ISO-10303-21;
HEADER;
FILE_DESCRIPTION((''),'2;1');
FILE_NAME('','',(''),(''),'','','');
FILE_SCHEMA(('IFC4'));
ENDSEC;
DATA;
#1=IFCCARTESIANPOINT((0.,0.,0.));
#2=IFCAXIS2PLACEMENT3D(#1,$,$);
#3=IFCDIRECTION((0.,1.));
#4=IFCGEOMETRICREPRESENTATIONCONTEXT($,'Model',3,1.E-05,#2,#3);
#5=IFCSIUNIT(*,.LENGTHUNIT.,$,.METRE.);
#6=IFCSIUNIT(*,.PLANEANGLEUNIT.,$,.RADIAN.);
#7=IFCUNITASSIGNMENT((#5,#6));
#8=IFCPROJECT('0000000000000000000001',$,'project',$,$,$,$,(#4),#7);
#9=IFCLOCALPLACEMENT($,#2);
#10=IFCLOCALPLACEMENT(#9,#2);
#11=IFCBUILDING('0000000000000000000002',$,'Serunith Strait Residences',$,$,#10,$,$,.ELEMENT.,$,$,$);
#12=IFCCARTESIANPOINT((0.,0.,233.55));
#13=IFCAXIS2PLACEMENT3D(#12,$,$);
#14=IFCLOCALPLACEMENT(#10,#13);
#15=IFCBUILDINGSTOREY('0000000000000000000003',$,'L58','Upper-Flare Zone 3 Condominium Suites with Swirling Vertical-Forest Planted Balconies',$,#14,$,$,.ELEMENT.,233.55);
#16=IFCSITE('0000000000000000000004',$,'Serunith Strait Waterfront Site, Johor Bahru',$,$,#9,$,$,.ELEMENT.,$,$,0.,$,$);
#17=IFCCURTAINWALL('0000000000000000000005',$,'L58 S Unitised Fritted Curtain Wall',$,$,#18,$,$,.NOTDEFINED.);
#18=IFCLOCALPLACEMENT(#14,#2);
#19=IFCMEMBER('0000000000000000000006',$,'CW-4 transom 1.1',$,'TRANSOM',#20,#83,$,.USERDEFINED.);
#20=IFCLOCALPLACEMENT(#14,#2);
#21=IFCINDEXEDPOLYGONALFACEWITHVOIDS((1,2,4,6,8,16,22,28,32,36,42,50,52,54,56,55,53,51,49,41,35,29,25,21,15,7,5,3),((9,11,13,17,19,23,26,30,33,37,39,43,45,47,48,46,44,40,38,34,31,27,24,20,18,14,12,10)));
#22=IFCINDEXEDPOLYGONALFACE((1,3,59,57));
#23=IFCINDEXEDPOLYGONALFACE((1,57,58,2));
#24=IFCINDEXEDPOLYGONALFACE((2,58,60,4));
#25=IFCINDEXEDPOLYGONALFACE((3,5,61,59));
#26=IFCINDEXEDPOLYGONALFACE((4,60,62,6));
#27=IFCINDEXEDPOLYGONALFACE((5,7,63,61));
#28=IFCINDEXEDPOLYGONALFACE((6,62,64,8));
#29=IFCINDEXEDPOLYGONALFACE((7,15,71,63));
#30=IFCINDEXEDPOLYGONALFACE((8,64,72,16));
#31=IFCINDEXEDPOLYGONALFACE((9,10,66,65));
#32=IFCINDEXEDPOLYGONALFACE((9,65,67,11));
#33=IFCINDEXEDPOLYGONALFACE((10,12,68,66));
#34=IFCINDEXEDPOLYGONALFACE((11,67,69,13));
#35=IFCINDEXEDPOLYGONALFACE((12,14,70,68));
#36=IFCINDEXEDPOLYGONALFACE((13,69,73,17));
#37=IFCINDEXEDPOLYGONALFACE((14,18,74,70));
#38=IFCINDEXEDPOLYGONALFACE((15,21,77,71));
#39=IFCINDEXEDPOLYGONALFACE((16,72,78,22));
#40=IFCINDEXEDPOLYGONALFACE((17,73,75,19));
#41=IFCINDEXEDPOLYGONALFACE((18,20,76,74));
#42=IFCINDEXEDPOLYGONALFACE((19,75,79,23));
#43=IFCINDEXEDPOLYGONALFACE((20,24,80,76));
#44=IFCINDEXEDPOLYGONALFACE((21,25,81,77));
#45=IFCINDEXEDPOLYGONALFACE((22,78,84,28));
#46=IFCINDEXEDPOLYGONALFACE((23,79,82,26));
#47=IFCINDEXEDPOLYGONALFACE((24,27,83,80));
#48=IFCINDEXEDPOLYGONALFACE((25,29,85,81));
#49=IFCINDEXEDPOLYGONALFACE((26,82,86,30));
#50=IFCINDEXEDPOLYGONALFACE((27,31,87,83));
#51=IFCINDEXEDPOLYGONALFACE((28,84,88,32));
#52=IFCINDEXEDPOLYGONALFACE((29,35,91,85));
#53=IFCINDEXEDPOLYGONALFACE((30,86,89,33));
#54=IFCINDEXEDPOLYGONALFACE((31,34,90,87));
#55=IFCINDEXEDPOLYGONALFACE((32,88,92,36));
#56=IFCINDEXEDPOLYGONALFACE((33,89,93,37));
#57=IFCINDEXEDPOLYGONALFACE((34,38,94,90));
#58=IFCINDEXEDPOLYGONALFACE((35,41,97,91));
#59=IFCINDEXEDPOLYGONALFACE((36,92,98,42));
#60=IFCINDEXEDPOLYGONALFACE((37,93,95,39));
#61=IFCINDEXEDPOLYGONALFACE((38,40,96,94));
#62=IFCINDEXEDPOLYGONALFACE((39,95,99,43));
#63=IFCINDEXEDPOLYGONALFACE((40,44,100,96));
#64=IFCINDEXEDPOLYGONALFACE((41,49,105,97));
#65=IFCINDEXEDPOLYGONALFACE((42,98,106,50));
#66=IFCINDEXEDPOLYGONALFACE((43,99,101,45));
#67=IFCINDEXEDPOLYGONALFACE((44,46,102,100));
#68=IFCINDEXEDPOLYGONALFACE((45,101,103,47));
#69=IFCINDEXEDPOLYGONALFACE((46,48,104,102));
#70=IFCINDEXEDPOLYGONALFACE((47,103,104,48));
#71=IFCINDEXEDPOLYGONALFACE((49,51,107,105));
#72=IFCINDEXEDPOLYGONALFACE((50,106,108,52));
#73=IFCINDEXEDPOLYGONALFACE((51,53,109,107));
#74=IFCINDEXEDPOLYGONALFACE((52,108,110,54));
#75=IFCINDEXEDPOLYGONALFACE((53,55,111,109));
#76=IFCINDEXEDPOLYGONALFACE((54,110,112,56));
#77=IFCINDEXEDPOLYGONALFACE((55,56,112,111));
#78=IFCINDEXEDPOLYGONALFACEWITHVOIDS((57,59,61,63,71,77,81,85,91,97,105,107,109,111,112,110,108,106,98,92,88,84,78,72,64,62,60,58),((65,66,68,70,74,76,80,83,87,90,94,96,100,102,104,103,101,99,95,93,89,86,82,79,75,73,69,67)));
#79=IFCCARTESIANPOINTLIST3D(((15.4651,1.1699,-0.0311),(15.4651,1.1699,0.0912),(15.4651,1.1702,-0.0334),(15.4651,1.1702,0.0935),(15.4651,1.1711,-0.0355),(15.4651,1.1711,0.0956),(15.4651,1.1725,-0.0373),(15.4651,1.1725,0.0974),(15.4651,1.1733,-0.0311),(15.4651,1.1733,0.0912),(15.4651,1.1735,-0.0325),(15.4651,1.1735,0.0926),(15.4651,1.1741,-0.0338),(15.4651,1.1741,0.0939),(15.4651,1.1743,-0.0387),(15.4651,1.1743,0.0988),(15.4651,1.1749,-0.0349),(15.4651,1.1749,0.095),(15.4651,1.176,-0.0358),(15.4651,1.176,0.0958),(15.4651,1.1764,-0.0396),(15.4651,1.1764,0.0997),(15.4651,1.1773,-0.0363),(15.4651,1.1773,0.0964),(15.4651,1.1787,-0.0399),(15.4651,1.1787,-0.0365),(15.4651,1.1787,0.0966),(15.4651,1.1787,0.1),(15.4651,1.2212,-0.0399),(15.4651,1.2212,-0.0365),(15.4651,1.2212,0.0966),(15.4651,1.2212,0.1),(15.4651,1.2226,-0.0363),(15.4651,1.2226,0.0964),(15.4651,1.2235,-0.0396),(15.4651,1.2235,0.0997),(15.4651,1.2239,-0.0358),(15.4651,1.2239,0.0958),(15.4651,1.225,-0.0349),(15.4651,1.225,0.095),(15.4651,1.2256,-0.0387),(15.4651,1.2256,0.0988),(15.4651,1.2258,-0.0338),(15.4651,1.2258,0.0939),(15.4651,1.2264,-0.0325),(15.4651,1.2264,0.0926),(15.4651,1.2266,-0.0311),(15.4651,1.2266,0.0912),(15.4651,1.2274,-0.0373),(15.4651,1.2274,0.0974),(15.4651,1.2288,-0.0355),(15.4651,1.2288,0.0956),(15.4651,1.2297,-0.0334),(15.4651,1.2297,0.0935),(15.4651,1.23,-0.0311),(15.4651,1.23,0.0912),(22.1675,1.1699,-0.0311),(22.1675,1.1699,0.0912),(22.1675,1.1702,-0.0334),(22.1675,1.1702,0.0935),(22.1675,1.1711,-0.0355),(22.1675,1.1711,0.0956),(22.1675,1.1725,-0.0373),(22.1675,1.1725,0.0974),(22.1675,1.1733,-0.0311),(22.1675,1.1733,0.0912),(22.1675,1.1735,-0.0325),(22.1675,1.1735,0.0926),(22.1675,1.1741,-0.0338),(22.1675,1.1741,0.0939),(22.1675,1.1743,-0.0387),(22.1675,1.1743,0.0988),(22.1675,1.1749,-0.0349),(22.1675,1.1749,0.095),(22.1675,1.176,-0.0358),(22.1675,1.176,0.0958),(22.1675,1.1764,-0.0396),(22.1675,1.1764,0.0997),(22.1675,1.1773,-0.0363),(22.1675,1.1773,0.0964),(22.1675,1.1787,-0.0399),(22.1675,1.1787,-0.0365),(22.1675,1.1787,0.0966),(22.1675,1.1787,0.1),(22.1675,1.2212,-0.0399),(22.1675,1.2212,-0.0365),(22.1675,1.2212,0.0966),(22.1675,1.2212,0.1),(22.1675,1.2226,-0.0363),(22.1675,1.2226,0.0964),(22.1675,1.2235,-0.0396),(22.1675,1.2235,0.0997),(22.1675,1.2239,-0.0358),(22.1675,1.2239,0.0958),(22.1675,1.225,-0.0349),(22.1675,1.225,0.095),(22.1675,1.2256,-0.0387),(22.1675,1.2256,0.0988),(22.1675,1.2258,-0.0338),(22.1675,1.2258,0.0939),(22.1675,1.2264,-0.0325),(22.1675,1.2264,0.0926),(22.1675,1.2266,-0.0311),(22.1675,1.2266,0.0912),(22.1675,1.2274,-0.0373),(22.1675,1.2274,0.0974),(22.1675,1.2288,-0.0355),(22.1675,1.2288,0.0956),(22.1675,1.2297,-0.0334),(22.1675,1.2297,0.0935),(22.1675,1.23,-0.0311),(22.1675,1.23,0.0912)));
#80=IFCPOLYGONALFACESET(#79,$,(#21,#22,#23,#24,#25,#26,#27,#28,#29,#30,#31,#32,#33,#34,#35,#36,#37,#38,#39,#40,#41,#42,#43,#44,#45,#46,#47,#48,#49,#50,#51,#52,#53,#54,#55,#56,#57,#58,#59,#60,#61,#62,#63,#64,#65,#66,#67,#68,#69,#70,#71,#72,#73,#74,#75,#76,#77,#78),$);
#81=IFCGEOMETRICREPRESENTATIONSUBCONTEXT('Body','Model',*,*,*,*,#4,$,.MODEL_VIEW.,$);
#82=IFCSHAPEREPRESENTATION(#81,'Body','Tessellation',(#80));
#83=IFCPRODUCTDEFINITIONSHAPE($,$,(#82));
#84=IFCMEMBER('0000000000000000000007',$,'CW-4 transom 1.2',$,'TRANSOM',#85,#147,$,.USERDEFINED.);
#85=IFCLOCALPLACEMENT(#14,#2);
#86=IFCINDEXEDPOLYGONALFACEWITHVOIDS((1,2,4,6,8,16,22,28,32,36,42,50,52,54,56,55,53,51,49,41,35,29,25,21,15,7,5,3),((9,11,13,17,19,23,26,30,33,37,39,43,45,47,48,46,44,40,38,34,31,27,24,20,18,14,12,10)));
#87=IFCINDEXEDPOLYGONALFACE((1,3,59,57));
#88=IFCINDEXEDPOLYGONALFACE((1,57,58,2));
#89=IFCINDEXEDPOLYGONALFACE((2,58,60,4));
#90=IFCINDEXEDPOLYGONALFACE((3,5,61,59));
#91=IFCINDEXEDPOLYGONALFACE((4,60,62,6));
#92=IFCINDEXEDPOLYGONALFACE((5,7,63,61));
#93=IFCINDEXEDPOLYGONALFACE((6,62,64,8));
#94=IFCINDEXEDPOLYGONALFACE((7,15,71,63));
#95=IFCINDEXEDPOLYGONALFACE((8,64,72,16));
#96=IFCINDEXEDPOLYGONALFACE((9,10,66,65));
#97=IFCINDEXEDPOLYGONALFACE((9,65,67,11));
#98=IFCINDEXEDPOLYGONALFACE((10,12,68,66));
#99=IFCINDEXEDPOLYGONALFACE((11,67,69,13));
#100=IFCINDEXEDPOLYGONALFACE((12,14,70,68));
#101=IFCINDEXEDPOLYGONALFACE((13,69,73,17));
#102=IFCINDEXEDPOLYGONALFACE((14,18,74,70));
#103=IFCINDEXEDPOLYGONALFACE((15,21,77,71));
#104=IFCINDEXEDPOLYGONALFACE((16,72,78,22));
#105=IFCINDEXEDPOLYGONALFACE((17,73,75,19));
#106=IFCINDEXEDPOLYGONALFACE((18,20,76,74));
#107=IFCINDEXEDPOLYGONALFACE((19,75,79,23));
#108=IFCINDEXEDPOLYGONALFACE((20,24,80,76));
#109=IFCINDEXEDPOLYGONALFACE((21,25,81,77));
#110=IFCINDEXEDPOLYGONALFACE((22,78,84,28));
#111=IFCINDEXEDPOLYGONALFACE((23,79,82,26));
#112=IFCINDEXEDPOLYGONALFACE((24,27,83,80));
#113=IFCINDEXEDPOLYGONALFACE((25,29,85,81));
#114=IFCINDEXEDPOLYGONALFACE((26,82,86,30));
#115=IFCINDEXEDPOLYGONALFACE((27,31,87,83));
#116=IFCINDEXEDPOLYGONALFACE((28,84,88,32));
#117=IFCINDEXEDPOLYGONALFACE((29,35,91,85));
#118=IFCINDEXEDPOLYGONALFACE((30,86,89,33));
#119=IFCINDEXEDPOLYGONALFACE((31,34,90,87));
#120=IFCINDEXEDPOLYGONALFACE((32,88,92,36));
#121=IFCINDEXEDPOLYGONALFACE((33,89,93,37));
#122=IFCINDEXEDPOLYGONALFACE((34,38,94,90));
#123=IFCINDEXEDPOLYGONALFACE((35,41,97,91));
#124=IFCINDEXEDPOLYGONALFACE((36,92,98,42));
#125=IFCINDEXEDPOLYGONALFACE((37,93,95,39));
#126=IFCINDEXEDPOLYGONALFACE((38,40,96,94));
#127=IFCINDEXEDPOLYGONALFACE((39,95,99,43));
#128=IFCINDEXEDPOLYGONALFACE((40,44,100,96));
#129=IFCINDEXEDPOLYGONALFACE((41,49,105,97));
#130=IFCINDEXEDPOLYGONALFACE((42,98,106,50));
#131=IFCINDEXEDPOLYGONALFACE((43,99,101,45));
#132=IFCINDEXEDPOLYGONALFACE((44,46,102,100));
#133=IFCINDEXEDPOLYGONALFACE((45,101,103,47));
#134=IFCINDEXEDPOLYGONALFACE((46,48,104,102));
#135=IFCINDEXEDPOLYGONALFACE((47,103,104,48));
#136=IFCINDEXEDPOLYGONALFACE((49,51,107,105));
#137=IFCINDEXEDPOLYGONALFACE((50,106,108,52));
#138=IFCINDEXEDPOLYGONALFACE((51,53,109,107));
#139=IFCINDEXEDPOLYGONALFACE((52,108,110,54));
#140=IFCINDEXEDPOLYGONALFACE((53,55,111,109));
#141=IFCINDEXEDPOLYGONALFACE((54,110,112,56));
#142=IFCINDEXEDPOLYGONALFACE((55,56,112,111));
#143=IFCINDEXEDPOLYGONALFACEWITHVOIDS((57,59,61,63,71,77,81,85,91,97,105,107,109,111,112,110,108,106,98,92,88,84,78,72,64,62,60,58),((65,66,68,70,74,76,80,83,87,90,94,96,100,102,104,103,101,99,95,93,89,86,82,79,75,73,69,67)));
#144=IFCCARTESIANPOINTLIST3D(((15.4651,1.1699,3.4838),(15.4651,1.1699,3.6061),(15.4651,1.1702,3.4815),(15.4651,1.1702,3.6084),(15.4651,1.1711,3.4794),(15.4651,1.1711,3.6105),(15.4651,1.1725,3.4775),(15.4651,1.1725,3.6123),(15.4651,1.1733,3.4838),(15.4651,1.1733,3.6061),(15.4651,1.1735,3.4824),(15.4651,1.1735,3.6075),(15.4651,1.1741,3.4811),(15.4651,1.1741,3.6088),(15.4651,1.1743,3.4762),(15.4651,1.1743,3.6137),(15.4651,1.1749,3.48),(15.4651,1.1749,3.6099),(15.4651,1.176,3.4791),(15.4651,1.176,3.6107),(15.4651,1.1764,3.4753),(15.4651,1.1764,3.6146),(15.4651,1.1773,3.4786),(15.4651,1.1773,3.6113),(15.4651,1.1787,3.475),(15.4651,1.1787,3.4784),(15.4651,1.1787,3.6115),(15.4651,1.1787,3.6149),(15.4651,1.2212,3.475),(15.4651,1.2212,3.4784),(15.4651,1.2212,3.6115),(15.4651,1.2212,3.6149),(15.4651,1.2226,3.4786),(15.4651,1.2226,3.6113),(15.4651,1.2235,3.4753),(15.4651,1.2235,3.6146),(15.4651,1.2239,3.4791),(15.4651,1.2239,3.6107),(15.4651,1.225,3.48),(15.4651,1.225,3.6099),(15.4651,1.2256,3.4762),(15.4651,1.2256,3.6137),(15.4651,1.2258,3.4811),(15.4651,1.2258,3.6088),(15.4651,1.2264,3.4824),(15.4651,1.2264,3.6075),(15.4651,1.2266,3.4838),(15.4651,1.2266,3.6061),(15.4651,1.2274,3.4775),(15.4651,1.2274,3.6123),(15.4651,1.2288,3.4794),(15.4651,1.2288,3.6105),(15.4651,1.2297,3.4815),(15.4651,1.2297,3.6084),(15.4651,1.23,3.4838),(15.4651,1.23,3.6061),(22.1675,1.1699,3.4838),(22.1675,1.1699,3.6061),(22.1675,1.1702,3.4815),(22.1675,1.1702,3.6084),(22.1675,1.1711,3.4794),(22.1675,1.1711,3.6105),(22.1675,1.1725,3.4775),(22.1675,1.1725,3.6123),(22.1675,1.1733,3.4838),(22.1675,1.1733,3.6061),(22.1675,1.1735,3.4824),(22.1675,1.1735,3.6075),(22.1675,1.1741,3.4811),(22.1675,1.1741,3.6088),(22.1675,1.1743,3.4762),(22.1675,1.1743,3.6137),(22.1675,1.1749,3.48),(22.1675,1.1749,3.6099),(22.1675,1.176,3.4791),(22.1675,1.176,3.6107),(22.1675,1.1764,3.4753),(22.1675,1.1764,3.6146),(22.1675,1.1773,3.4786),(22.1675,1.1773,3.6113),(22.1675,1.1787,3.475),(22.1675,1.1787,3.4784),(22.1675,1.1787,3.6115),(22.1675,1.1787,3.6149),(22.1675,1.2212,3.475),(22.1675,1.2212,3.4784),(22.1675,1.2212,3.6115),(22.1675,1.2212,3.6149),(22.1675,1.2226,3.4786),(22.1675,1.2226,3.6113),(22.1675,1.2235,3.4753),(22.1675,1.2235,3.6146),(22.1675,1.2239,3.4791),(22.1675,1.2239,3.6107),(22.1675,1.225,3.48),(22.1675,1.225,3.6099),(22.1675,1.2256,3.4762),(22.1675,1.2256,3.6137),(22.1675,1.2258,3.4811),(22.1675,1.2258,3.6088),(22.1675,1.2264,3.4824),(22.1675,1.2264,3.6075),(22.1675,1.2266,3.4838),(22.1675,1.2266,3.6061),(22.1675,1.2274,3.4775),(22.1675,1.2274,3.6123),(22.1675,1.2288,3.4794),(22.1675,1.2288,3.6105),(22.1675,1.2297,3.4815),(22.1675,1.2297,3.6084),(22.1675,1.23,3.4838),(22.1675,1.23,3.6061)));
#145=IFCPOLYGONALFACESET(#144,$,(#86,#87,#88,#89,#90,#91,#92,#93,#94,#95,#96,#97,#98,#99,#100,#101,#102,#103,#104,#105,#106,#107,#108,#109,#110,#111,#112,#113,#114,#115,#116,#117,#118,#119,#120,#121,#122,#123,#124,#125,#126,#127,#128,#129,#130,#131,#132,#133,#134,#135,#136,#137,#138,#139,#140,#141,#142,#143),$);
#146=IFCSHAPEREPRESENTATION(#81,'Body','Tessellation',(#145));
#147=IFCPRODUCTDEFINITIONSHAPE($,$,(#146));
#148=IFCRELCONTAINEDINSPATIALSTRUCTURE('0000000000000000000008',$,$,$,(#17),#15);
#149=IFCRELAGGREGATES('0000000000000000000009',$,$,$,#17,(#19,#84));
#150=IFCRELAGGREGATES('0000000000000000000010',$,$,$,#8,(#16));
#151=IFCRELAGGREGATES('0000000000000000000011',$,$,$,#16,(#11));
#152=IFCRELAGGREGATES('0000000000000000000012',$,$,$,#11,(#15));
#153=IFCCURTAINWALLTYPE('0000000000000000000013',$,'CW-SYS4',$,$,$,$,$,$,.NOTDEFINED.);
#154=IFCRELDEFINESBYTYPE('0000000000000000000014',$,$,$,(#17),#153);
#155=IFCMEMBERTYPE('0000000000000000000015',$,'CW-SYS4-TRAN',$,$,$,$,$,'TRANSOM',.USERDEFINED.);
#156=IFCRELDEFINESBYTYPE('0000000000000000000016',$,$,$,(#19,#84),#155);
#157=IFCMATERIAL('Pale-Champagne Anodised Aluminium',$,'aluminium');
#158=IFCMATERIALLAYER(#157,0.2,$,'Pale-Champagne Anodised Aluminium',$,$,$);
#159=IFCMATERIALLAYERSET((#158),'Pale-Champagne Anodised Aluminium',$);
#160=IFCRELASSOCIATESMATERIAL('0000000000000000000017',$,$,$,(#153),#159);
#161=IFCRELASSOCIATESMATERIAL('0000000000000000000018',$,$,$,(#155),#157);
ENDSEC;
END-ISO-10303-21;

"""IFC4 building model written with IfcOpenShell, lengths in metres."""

from ifc_helpers import new_model, si_unit, direction, frame, origin, origin_2d, place, context, subcontext, project, spatial, hollow_rectangle, extrude, source, transform, mapped, material, layer, layer_set, material_profile, profile_set, type_object, element, aggregate, save


model = new_model("IFC4")

# Units and contexts
model_context = context("Model", 3, precision=1e-05, world=origin(), true_north=direction((0.0, 1.0)))
body_context = subcontext(model_context, "Body", "Model", "MODEL_VIEW")
ifc_project = project(units=[si_unit("LENGTHUNIT", "METRE"), si_unit("PLANEANGLEUNIT", "RADIAN")], contexts=[model_context])

# Site, building, storey
site_placement = place(None, origin())
site = spatial("IfcSite", under=ifc_project, at=site_placement, Name="Serunith Strait Waterfront Site, Johor Bahru", CompositionType="ELEMENT", RefElevation=0.0)
building_placement = place(site_placement, origin())
building = spatial("IfcBuilding", under=site, at=building_placement, Name="Serunith Strait Residences", CompositionType="ELEMENT")
storey_placement = place(building_placement, frame((0.0, 0.0, 233.55)))
storey = spatial("IfcBuildingStorey", under=building, at=storey_placement, Name="L58", Description="Upper-Flare Zone 3 Condominium Suites with Swirling Vertical-Forest Planted Balconies", CompositionType="ELEMENT", Elevation=233.55)

# Curtain wall
ifc_material_1 = material(Name="Pale-Champagne Anodised Aluminium", Category="aluminium")
ifc_layer_1 = layer(ifc_material_1, 0.2, Name="Pale-Champagne Anodised Aluminium")
ifc_layer_set_1 = layer_set([ifc_layer_1], Name="Pale-Champagne Anodised Aluminium")
curtain_wall_type = type_object("IfcCurtainWallType", Name="CW-SYS4", PredefinedType="NOTDEFINED", material=ifc_layer_set_1)
curtain_wall_1_placement = place(storey_placement, origin())
curtain_wall_1 = element("IfcCurtainWall", 1, at=curtain_wall_1_placement, inside=storey, type_object=curtain_wall_type, Name="L58 S Unitised Fritted Curtain Wall", PredefinedType="NOTDEFINED")

# Members
ifc_material_profile_1 = material_profile(ifc_material_1, hollow_rectangle(XDim=0.0601, YDim=0.1399, WallThickness=0.0034, InnerFilletRadius=0.0054, OuterFilletRadius=0.0088, at=origin_2d()), Name="ALU 140x60x3.5")
ifc_profile_set_1 = profile_set([ifc_material_profile_1], Name="Pale-Champagne Anodised Aluminium")
member_type_1 = type_object("IfcMemberType", Name="CW-SYS4-TRAN", ElementType="TRANSOM", PredefinedType="USERDEFINED", material=ifc_profile_set_1)
shared_shape_1 = source(origin(), body_context, "Body", "SweptSolid", [
    extrude(hollow_rectangle(XDim=0.0601, YDim=0.1399, WallThickness=0.0034, InnerFilletRadius=0.0054, OuterFilletRadius=0.0088, at=origin_2d()), origin(), (0.0, 0.0, 1.0), 6.7024),
])
member_1_placement = place(storey_placement, frame((15.4651, 1.2, 0.03), z_axis=(1.0, 0.0, 0.0), x_axis=(0.0, 1.0, 0.0)))
member_1 = element("IfcMember", 2, at=member_1_placement, type_object=member_type_1, Name="CW-4 transom 1.1", ObjectType="TRANSOM", PredefinedType="USERDEFINED", context=body_context, shape_type="MappedRepresentation", body=[
    mapped(shared_shape_1, transform((0.0, 0.0, 0.0), scale=1.0)),
])
member_2_placement = place(storey_placement, frame((15.4651, 1.2, 3.5449), z_axis=(1.0, 0.0, 0.0), x_axis=(0.0, 1.0, 0.0)))
member_2 = element("IfcMember", 3, at=member_2_placement, type_object=member_type_1, Name="CW-4 transom 1.2", ObjectType="TRANSOM", PredefinedType="USERDEFINED", context=body_context, shape_type="MappedRepresentation", body=[
    mapped(shared_shape_1, transform((0.0, 0.0, 0.0), scale=1.0)),
])
aggregate(curtain_wall_1, [member_1, member_2])

save(model, "model.ifc")
